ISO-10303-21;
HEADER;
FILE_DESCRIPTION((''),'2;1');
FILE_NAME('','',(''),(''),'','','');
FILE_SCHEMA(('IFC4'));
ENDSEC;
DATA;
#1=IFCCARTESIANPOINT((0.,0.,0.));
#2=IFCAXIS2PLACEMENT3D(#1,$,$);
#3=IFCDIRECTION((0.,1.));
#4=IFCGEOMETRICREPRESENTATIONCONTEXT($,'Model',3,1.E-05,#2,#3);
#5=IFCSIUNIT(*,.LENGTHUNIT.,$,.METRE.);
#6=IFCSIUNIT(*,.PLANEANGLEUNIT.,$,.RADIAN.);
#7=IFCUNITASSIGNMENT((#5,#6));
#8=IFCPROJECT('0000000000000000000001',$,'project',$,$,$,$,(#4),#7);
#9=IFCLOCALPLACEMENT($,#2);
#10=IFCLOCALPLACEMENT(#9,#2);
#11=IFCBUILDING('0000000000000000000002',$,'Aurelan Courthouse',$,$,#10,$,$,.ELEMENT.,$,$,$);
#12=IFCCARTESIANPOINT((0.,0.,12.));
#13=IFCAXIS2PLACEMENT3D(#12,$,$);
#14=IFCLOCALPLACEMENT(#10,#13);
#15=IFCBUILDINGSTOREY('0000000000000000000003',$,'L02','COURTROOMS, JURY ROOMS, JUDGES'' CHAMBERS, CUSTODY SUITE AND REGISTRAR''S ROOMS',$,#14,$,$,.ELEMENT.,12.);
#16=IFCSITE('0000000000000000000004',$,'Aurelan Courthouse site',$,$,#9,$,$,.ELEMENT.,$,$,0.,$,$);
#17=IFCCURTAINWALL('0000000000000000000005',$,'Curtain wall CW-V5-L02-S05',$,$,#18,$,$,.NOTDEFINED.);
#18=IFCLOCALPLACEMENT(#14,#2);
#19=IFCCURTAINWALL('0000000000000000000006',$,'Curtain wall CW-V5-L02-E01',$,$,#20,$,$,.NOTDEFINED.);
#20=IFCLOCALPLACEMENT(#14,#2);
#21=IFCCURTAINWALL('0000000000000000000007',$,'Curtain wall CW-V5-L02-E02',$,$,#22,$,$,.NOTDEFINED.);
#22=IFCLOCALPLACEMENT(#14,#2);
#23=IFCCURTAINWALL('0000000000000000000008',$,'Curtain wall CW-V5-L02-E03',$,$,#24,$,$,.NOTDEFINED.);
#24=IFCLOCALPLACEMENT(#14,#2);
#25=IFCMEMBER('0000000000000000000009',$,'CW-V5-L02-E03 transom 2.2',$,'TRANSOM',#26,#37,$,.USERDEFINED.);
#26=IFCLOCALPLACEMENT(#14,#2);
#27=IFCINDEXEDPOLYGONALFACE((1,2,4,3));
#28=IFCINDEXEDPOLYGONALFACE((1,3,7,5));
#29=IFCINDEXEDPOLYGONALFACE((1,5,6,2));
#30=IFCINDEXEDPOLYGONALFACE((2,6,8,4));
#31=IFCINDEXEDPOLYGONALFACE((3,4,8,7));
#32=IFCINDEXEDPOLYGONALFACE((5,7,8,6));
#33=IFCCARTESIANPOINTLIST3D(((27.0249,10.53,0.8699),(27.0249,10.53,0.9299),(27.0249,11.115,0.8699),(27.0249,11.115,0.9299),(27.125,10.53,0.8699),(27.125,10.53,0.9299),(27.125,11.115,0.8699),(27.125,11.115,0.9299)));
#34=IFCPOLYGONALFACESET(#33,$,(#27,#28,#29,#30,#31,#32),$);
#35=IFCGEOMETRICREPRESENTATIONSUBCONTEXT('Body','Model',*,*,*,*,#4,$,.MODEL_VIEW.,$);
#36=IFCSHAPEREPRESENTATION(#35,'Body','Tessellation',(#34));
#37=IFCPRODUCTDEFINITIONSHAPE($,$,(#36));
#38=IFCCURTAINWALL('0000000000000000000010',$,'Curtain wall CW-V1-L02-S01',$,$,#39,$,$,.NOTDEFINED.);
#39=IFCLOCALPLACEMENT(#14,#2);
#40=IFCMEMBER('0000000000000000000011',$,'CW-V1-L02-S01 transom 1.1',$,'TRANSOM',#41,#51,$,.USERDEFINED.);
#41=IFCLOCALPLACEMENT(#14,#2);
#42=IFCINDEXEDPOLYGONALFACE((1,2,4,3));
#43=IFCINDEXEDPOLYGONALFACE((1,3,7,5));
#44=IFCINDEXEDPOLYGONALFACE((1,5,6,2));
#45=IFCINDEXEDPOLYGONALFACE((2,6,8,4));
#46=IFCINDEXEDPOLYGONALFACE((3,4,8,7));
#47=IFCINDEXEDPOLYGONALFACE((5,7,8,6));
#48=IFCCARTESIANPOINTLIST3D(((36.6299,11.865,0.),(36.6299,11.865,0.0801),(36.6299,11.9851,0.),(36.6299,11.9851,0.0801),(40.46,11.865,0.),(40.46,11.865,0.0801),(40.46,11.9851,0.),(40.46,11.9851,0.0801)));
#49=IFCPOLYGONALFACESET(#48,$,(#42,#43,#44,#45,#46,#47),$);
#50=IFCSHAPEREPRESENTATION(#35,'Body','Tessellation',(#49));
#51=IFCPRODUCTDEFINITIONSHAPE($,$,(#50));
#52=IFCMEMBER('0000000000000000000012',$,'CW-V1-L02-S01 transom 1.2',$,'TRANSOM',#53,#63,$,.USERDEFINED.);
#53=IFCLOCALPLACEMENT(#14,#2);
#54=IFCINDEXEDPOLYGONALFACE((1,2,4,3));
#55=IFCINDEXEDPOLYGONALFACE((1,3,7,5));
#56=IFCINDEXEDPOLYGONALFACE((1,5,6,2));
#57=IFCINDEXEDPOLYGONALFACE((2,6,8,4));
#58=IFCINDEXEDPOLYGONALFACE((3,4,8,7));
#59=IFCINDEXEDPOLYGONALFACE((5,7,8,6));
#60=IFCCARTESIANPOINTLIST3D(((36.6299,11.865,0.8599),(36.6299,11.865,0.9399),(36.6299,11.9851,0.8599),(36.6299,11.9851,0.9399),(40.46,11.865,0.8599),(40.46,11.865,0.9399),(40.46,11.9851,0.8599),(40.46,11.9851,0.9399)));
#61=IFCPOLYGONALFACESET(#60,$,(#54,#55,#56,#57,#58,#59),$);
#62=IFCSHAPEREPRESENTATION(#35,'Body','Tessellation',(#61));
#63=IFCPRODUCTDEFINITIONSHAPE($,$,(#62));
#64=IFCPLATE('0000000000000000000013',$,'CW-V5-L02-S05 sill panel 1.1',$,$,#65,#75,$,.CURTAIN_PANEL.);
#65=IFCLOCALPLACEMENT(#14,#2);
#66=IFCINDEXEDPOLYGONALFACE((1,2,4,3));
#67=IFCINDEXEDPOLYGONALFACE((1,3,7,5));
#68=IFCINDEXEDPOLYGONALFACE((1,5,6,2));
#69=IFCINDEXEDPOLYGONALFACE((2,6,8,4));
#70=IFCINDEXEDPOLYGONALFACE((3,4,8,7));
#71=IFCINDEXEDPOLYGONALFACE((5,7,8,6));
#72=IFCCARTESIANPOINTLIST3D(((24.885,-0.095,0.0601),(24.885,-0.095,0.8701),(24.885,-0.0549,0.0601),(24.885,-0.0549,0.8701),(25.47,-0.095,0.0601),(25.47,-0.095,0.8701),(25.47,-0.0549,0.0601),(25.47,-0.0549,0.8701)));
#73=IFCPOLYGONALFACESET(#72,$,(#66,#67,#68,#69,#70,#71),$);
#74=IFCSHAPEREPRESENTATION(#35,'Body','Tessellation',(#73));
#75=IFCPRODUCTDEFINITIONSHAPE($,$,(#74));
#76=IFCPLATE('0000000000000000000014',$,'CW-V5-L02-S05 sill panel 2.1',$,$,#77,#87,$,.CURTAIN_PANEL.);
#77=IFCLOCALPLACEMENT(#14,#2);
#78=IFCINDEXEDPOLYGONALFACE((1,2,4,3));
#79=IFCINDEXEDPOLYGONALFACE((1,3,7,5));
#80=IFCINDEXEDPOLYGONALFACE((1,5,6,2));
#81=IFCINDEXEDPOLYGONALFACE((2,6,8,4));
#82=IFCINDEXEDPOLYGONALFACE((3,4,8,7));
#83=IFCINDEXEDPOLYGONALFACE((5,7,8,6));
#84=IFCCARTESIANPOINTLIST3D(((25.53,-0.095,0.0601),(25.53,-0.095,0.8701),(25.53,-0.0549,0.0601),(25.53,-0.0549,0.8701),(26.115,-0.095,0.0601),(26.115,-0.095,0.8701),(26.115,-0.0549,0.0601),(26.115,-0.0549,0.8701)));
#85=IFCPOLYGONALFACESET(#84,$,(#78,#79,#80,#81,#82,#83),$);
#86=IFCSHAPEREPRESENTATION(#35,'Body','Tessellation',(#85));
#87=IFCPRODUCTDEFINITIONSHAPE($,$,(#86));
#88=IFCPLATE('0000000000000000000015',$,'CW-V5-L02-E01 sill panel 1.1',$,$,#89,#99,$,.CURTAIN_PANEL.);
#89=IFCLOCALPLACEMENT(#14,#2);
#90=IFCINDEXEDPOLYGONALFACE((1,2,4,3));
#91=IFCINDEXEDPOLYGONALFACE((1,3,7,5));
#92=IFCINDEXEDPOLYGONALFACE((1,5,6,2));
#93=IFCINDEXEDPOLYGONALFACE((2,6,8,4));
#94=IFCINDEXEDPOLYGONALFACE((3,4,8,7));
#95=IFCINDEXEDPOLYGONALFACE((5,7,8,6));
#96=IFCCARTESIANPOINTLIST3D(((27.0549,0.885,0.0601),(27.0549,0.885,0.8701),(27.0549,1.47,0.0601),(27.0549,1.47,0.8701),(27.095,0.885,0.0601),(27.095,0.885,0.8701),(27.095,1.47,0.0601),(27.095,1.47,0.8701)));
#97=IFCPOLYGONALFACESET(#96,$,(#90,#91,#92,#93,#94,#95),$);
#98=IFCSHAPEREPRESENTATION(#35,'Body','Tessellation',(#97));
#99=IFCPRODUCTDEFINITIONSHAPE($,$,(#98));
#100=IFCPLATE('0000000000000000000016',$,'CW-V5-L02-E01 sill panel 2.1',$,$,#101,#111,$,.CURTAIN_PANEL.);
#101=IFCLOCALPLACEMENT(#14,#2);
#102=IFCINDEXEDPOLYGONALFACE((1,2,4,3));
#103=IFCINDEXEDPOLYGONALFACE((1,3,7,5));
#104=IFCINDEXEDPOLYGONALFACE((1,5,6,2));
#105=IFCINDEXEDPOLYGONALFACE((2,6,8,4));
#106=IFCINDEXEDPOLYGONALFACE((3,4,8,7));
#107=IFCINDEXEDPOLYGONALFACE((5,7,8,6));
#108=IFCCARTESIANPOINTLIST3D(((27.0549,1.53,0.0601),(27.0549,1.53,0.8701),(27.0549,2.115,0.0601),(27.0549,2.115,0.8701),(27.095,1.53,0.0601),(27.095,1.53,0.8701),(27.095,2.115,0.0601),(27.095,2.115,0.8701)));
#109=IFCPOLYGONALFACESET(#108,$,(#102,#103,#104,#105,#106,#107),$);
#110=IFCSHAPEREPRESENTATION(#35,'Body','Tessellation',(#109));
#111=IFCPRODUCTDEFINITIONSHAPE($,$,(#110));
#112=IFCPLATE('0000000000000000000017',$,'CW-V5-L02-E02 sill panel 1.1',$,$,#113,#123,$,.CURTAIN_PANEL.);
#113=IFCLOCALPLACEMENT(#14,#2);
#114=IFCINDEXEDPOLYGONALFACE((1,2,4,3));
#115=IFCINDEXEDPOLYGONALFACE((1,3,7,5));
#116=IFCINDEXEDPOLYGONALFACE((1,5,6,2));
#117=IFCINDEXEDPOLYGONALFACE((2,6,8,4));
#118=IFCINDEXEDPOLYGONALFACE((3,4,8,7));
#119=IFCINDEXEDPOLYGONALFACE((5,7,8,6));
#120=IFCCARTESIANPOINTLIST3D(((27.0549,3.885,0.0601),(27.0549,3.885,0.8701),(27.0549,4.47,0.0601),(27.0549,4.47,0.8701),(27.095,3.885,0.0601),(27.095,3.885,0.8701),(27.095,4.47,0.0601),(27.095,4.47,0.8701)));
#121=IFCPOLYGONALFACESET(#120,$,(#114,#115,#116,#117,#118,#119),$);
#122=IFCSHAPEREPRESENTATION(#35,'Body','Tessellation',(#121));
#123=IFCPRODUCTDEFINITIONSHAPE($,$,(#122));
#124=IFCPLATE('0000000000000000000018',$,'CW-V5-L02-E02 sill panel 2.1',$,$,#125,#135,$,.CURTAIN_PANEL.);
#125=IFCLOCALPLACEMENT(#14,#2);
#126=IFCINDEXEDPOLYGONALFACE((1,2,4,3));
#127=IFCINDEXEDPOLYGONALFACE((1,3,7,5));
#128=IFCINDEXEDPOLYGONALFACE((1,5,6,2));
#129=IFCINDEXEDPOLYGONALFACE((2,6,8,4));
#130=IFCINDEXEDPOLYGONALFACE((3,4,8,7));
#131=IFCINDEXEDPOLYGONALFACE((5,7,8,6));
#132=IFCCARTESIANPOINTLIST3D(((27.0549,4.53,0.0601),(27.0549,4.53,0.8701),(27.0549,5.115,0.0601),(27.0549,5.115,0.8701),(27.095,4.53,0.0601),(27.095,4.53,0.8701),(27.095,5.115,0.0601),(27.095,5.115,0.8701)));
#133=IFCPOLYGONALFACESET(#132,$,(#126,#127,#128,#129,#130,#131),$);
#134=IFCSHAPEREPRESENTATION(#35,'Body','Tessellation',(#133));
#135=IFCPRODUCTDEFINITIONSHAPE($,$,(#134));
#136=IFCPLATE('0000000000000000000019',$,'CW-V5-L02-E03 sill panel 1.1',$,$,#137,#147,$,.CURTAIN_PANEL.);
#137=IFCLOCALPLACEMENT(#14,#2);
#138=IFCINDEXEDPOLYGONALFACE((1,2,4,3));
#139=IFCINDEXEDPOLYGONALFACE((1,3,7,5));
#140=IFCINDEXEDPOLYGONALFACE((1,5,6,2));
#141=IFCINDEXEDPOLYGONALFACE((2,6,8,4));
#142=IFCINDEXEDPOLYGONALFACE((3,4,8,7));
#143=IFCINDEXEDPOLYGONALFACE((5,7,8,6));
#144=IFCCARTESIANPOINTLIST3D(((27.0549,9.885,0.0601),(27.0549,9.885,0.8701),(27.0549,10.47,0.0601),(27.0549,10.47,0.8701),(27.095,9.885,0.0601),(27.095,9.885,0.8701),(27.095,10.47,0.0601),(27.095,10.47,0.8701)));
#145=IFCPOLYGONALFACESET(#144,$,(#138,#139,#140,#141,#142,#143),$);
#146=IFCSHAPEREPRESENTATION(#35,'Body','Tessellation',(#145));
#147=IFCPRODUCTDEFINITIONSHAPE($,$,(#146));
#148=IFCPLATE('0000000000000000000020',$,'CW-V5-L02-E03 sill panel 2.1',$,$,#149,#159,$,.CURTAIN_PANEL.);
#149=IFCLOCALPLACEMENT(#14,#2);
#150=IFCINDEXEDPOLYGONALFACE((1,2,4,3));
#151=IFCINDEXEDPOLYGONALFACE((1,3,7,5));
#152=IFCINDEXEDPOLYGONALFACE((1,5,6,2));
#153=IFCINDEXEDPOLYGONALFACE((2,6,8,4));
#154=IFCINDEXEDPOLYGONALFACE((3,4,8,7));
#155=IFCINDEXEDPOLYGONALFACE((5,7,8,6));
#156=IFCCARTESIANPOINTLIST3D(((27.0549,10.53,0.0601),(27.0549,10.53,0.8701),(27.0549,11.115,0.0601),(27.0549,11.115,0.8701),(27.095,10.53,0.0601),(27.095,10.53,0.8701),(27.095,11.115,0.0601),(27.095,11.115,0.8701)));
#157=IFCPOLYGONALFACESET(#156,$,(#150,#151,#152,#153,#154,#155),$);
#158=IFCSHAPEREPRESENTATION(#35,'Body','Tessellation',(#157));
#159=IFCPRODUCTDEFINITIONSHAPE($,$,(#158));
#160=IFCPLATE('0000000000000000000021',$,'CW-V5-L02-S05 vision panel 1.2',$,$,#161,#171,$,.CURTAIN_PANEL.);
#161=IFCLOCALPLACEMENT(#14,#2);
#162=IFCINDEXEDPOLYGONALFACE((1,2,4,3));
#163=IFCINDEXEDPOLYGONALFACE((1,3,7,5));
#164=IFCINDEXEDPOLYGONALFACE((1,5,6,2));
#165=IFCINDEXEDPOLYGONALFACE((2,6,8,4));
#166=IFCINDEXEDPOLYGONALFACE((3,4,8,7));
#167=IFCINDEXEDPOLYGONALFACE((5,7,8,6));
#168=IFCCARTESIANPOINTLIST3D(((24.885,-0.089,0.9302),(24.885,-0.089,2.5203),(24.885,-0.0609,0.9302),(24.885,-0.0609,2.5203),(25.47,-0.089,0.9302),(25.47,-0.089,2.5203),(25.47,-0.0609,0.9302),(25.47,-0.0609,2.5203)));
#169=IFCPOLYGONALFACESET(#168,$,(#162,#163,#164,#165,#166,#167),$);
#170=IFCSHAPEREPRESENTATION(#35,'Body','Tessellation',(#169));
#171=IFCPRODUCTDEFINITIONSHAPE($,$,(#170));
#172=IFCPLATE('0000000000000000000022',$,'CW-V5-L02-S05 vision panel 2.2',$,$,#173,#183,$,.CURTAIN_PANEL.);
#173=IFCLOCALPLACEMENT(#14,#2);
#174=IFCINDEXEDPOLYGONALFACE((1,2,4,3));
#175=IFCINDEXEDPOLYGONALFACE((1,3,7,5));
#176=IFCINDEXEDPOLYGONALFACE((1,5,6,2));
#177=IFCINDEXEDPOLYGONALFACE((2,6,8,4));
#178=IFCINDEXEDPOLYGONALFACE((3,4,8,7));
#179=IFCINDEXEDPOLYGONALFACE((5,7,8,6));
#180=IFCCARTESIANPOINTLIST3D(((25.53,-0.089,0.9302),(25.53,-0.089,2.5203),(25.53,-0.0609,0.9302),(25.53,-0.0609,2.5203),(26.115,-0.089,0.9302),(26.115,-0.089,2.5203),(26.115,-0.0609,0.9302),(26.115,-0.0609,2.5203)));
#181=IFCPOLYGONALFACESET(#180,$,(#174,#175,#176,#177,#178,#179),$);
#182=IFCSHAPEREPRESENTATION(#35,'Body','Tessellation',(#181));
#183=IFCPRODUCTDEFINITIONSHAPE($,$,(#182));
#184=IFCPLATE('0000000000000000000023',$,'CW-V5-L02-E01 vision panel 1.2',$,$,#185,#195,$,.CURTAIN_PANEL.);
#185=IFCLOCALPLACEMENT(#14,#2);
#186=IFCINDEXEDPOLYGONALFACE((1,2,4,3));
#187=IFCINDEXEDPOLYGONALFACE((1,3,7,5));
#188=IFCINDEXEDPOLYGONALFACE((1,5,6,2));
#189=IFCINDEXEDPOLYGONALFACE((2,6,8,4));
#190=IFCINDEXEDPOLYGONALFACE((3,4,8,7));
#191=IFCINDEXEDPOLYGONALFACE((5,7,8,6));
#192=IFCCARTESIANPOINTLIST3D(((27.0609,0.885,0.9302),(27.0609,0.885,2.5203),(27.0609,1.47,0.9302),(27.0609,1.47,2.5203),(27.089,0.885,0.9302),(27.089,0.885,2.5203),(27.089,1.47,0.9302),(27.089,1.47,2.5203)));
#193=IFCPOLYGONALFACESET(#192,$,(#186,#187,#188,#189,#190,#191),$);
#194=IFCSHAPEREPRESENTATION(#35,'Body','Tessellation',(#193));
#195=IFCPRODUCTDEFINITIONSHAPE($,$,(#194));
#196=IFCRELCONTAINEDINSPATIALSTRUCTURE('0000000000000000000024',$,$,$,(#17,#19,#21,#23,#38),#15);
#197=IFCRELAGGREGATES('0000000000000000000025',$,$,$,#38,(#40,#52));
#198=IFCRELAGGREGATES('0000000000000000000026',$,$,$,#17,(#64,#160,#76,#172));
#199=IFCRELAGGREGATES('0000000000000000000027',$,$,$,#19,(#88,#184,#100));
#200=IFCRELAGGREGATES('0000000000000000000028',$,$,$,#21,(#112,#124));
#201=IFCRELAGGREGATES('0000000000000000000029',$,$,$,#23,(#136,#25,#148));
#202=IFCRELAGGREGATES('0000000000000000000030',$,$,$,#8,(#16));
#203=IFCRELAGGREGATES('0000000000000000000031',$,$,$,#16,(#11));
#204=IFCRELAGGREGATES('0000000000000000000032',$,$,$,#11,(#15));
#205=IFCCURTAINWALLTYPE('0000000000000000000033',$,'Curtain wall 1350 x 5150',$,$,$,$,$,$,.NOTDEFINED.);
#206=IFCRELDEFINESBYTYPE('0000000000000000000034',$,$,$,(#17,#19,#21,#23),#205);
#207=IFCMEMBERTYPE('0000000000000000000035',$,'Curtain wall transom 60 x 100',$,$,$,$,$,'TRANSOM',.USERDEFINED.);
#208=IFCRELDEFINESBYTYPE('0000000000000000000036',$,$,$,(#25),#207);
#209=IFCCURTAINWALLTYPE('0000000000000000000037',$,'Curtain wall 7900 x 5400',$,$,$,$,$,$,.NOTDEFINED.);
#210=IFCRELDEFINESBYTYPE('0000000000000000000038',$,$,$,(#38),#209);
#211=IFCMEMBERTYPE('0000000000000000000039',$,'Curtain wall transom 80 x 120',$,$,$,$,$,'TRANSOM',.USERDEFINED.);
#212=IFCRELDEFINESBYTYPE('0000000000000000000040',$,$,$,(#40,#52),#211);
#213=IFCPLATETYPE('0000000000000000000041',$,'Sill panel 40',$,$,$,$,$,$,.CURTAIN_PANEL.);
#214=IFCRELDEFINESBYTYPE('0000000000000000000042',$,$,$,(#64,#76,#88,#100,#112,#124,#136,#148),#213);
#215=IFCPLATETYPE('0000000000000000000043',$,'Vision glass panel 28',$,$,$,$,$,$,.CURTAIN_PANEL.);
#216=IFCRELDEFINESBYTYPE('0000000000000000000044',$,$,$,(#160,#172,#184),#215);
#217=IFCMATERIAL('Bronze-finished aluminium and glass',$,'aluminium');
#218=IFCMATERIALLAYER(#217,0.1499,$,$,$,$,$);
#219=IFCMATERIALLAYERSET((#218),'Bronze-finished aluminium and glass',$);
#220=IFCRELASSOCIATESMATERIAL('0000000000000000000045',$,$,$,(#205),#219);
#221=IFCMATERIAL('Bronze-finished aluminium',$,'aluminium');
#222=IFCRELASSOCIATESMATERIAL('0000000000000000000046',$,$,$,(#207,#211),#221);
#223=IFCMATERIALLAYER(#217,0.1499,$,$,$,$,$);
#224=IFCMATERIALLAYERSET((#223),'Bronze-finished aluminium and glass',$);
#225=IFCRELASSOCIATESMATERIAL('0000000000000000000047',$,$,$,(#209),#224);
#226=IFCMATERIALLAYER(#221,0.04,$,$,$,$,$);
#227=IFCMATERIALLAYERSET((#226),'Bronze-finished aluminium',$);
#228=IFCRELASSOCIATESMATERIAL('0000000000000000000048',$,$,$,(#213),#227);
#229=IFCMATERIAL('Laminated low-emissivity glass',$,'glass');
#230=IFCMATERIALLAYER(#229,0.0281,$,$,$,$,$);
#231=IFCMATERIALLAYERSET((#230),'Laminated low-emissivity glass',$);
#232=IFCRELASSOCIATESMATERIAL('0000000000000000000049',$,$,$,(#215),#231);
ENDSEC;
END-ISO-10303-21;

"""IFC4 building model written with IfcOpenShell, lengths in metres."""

from ifc_helpers import new_model, si_unit, direction, frame, origin, origin_2d, place, context, subcontext, project, spatial, rectangle, extrude, material, layer, layer_set, material_profile, profile_set, type_object, element, aggregate, save


model = new_model("IFC4")

# Units and contexts
model_context = context("Model", 3, precision=1e-05, world=origin(), true_north=direction((0.0, 1.0)))
body_context = subcontext(model_context, "Body", "Model", "MODEL_VIEW")
ifc_project = project(units=[si_unit("LENGTHUNIT", "METRE"), si_unit("PLANEANGLEUNIT", "RADIAN")], contexts=[model_context])

# Site, building, storey
site_placement = place(None, origin())
site = spatial("IfcSite", under=ifc_project, at=site_placement, Name="Aurelan Courthouse site", CompositionType="ELEMENT", RefElevation=0.0)
building_placement = place(site_placement, origin())
building = spatial("IfcBuilding", under=site, at=building_placement, Name="Aurelan Courthouse", CompositionType="ELEMENT")
storey_placement = place(building_placement, frame((0.0, 0.0, 12.0)))
storey = spatial("IfcBuildingStorey", under=building, at=storey_placement, Name="L02", Description="COURTROOMS, JURY ROOMS, JUDGES' CHAMBERS, CUSTODY SUITE AND REGISTRAR'S ROOMS", CompositionType="ELEMENT", Elevation=12.0)

# Curtain walls, members
ifc_material_1 = material(Name="Bronze-finished aluminium and glass", Category="aluminium")
ifc_layer_1 = layer(ifc_material_1, 0.1499)
ifc_layer_set_1 = layer_set([ifc_layer_1], Name="Bronze-finished aluminium and glass")
curtain_wall_type_1 = type_object("IfcCurtainWallType", Name="Curtain wall 1350 x 5150", PredefinedType="NOTDEFINED", material=ifc_layer_set_1)
curtain_wall_1_placement = place(storey_placement, origin())
curtain_wall_1 = element("IfcCurtainWall", 1, at=curtain_wall_1_placement, inside=storey, type_object=curtain_wall_type_1, Name="Curtain wall CW-V5-L02-S05", PredefinedType="NOTDEFINED")
ifc_material_2 = material(Name="Bronze-finished aluminium", Category="aluminium")
ifc_material_profile_1 = material_profile(ifc_material_2, rectangle(XDim=0.1001, YDim=0.0601, at=origin_2d()), Name="Bronze transom 60 x 100")
ifc_profile_set_1 = profile_set([ifc_material_profile_1], Name="Bronze-finished aluminium")
member_type_1 = type_object("IfcMemberType", Name="Curtain wall transom 60 x 100", ElementType="TRANSOM", PredefinedType="USERDEFINED", material=ifc_profile_set_1)
curtain_wall_2_placement = place(storey_placement, origin())
curtain_wall_2 = element("IfcCurtainWall", 2, at=curtain_wall_2_placement, inside=storey, type_object=curtain_wall_type_1, Name="Curtain wall CW-V5-L02-E01", PredefinedType="NOTDEFINED")
curtain_wall_3_placement = place(storey_placement, origin())
curtain_wall_3 = element("IfcCurtainWall", 3, at=curtain_wall_3_placement, inside=storey, type_object=curtain_wall_type_1, Name="Curtain wall CW-V5-L02-E02", PredefinedType="NOTDEFINED")
curtain_wall_4_placement = place(storey_placement, origin())
curtain_wall_4 = element("IfcCurtainWall", 4, at=curtain_wall_4_placement, inside=storey, type_object=curtain_wall_type_1, Name="Curtain wall CW-V5-L02-E03", PredefinedType="NOTDEFINED")
member_1_placement = place(storey_placement, frame((27.075, 10.53, 0.8999), z_axis=(0.0, 1.0, 0.0), x_axis=(-1.0, 0.0, 0.0)))
member_1 = element("IfcMember", 5, at=member_1_placement, type_object=member_type_1, Name="CW-V5-L02-E03 transom 2.2", ObjectType="TRANSOM", PredefinedType="USERDEFINED", context=body_context, shape_type="SweptSolid", body=[
    extrude(rectangle(XDim=0.1001, YDim=0.0601, at=origin_2d()), origin(), (0.0, 0.0, 1.0), 0.585),
])
ifc_layer_2 = layer(ifc_material_1, 0.1499)
ifc_layer_set_2 = layer_set([ifc_layer_2], Name="Bronze-finished aluminium and glass")
curtain_wall_type_2 = type_object("IfcCurtainWallType", Name="Curtain wall 7900 x 5400", PredefinedType="NOTDEFINED", material=ifc_layer_set_2)
curtain_wall_5_placement = place(storey_placement, origin())
curtain_wall_5 = element("IfcCurtainWall", 6, at=curtain_wall_5_placement, inside=storey, type_object=curtain_wall_type_2, Name="Curtain wall CW-V1-L02-S01", PredefinedType="NOTDEFINED")
ifc_material_profile_2 = material_profile(ifc_material_2, rectangle(XDim=0.1201, YDim=0.0801, at=origin_2d()), Name="Bronze transom 80 x 120")
ifc_profile_set_2 = profile_set([ifc_material_profile_2], Name="Bronze-finished aluminium")
member_type_2 = type_object("IfcMemberType", Name="Curtain wall transom 80 x 120", ElementType="TRANSOM", PredefinedType="USERDEFINED", material=ifc_profile_set_2)
member_2_placement = place(storey_placement, frame((36.6299, 11.925, 0.04), z_axis=(1.0, 0.0, 0.0), x_axis=(0.0, 1.0, 0.0)))
member_2 = element("IfcMember", 7, at=member_2_placement, type_object=member_type_2, Name="CW-V1-L02-S01 transom 1.1", ObjectType="TRANSOM", PredefinedType="USERDEFINED", context=body_context, shape_type="SweptSolid", body=[
    extrude(rectangle(XDim=0.1201, YDim=0.0801, at=origin_2d()), origin(), (0.0, 0.0, 1.0), 3.8301),
])
member_3_placement = place(storey_placement, frame((36.6299, 11.925, 0.8999), z_axis=(1.0, 0.0, 0.0), x_axis=(0.0, 1.0, 0.0)))
member_3 = element("IfcMember", 8, at=member_3_placement, type_object=member_type_2, Name="CW-V1-L02-S01 transom 1.2", ObjectType="TRANSOM", PredefinedType="USERDEFINED", context=body_context, shape_type="SweptSolid", body=[
    extrude(rectangle(XDim=0.1201, YDim=0.0801, at=origin_2d()), origin(), (0.0, 0.0, 1.0), 3.8301),
])
aggregate(curtain_wall_5, [member_2, member_3])

# Plates
ifc_layer_3 = layer(ifc_material_2, 0.04)
ifc_layer_set_3 = layer_set([ifc_layer_3], Name="Bronze-finished aluminium")
plate_type_1 = type_object("IfcPlateType", Name="Sill panel 40", PredefinedType="CURTAIN_PANEL", material=ifc_layer_set_3)
plate_1_placement = place(storey_placement, frame((25.1775, -0.075, 0.0601), z_axis=(0.0, 0.0, 1.0), x_axis=(1.0, 0.0, 0.0)))
plate_1 = element("IfcPlate", 9, at=plate_1_placement, type_object=plate_type_1, Name="CW-V5-L02-S05 sill panel 1.1", PredefinedType="CURTAIN_PANEL", context=body_context, shape_type="SweptSolid", body=[
    extrude(rectangle(XDim=0.585, YDim=0.04, at=origin_2d()), origin(), (0.0, 0.0, 1.0), 0.8101),
])
plate_2_placement = place(storey_placement, frame((25.8225, -0.075, 0.0601), z_axis=(0.0, 0.0, 1.0), x_axis=(1.0, 0.0, 0.0)))
plate_2 = element("IfcPlate", 10, at=plate_2_placement, type_object=plate_type_1, Name="CW-V5-L02-S05 sill panel 2.1", PredefinedType="CURTAIN_PANEL", context=body_context, shape_type="SweptSolid", body=[
    extrude(rectangle(XDim=0.585, YDim=0.04, at=origin_2d()), origin(), (0.0, 0.0, 1.0), 0.8101),
])
plate_3_placement = place(storey_placement, frame((27.075, 1.1775, 0.0601), z_axis=(0.0, 0.0, 1.0), x_axis=(0.0, 1.0, 0.0)))
plate_3 = element("IfcPlate", 11, at=plate_3_placement, type_object=plate_type_1, Name="CW-V5-L02-E01 sill panel 1.1", PredefinedType="CURTAIN_PANEL", context=body_context, shape_type="SweptSolid", body=[
    extrude(rectangle(XDim=0.585, YDim=0.04, at=origin_2d()), origin(), (0.0, 0.0, 1.0), 0.8101),
])
plate_4_placement = place(storey_placement, frame((27.075, 1.8225, 0.0601), z_axis=(0.0, 0.0, 1.0), x_axis=(0.0, 1.0, 0.0)))
plate_4 = element("IfcPlate", 12, at=plate_4_placement, type_object=plate_type_1, Name="CW-V5-L02-E01 sill panel 2.1", PredefinedType="CURTAIN_PANEL", context=body_context, shape_type="SweptSolid", body=[
    extrude(rectangle(XDim=0.585, YDim=0.04, at=origin_2d()), origin(), (0.0, 0.0, 1.0), 0.8101),
])
plate_5_placement = place(storey_placement, frame((27.075, 4.1775, 0.0601), z_axis=(0.0, 0.0, 1.0), x_axis=(0.0, 1.0, 0.0)))
plate_5 = element("IfcPlate", 13, at=plate_5_placement, type_object=plate_type_1, Name="CW-V5-L02-E02 sill panel 1.1", PredefinedType="CURTAIN_PANEL", context=body_context, shape_type="SweptSolid", body=[
    extrude(rectangle(XDim=0.585, YDim=0.04, at=origin_2d()), origin(), (0.0, 0.0, 1.0), 0.8101),
])
plate_6_placement = place(storey_placement, frame((27.075, 4.8225, 0.0601), z_axis=(0.0, 0.0, 1.0), x_axis=(0.0, 1.0, 0.0)))
plate_6 = element("IfcPlate", 14, at=plate_6_placement, type_object=plate_type_1, Name="CW-V5-L02-E02 sill panel 2.1", PredefinedType="CURTAIN_PANEL", context=body_context, shape_type="SweptSolid", body=[
    extrude(rectangle(XDim=0.585, YDim=0.04, at=origin_2d()), origin(), (0.0, 0.0, 1.0), 0.8101),
])
plate_7_placement = place(storey_placement, frame((27.075, 10.1775, 0.0601), z_axis=(0.0, 0.0, 1.0), x_axis=(0.0, 1.0, 0.0)))
plate_7 = element("IfcPlate", 15, at=plate_7_placement, type_object=plate_type_1, Name="CW-V5-L02-E03 sill panel 1.1", PredefinedType="CURTAIN_PANEL", context=body_context, shape_type="SweptSolid", body=[
    extrude(rectangle(XDim=0.585, YDim=0.04, at=origin_2d()), origin(), (0.0, 0.0, 1.0), 0.8101),
])
plate_8_placement = place(storey_placement, frame((27.075, 10.8225, 0.0601), z_axis=(0.0, 0.0, 1.0), x_axis=(0.0, 1.0, 0.0)))
plate_8 = element("IfcPlate", 16, at=plate_8_placement, type_object=plate_type_1, Name="CW-V5-L02-E03 sill panel 2.1", PredefinedType="CURTAIN_PANEL", context=body_context, shape_type="SweptSolid", body=[
    extrude(rectangle(XDim=0.585, YDim=0.04, at=origin_2d()), origin(), (0.0, 0.0, 1.0), 0.8101),
])
ifc_material_3 = material(Name="Laminated low-emissivity glass", Category="glass")
ifc_layer_4 = layer(ifc_material_3, 0.0281)
ifc_layer_set_4 = layer_set([ifc_layer_4], Name="Laminated low-emissivity glass")
plate_type_2 = type_object("IfcPlateType", Name="Vision glass panel 28", PredefinedType="CURTAIN_PANEL", material=ifc_layer_set_4)
plate_9_placement = place(storey_placement, frame((25.1775, -0.075, 0.9302), z_axis=(0.0, 0.0, 1.0), x_axis=(1.0, 0.0, 0.0)))
plate_9 = element("IfcPlate", 17, at=plate_9_placement, type_object=plate_type_2, Name="CW-V5-L02-S05 vision panel 1.2", PredefinedType="CURTAIN_PANEL", context=body_context, shape_type="SweptSolid", body=[
    extrude(rectangle(XDim=0.585, YDim=0.0281, at=origin_2d()), origin(), (0.0, 0.0, 1.0), 1.5901),
])
plate_10_placement = place(storey_placement, frame((25.8225, -0.075, 0.9302), z_axis=(0.0, 0.0, 1.0), x_axis=(1.0, 0.0, 0.0)))
plate_10 = element("IfcPlate", 18, at=plate_10_placement, type_object=plate_type_2, Name="CW-V5-L02-S05 vision panel 2.2", PredefinedType="CURTAIN_PANEL", context=body_context, shape_type="SweptSolid", body=[
    extrude(rectangle(XDim=0.585, YDim=0.0281, at=origin_2d()), origin(), (0.0, 0.0, 1.0), 1.5901),
])
aggregate(curtain_wall_1, [plate_1, plate_9, plate_2, plate_10])
plate_11_placement = place(storey_placement, frame((27.075, 1.1775, 0.9302), z_axis=(0.0, 0.0, 1.0), x_axis=(0.0, 1.0, 0.0)))
plate_11 = element("IfcPlate", 19, at=plate_11_placement, type_object=plate_type_2, Name="CW-V5-L02-E01 vision panel 1.2", PredefinedType="CURTAIN_PANEL", context=body_context, shape_type="SweptSolid", body=[
    extrude(rectangle(XDim=0.585, YDim=0.0281, at=origin_2d()), origin(), (0.0, 0.0, 1.0), 1.5901),
])
aggregate(curtain_wall_2, [plate_3, plate_11, plate_4])
aggregate(curtain_wall_3, [plate_5, plate_6])
aggregate(curtain_wall_4, [plate_7, member_1, plate_8])

save(model, "model.ifc")
